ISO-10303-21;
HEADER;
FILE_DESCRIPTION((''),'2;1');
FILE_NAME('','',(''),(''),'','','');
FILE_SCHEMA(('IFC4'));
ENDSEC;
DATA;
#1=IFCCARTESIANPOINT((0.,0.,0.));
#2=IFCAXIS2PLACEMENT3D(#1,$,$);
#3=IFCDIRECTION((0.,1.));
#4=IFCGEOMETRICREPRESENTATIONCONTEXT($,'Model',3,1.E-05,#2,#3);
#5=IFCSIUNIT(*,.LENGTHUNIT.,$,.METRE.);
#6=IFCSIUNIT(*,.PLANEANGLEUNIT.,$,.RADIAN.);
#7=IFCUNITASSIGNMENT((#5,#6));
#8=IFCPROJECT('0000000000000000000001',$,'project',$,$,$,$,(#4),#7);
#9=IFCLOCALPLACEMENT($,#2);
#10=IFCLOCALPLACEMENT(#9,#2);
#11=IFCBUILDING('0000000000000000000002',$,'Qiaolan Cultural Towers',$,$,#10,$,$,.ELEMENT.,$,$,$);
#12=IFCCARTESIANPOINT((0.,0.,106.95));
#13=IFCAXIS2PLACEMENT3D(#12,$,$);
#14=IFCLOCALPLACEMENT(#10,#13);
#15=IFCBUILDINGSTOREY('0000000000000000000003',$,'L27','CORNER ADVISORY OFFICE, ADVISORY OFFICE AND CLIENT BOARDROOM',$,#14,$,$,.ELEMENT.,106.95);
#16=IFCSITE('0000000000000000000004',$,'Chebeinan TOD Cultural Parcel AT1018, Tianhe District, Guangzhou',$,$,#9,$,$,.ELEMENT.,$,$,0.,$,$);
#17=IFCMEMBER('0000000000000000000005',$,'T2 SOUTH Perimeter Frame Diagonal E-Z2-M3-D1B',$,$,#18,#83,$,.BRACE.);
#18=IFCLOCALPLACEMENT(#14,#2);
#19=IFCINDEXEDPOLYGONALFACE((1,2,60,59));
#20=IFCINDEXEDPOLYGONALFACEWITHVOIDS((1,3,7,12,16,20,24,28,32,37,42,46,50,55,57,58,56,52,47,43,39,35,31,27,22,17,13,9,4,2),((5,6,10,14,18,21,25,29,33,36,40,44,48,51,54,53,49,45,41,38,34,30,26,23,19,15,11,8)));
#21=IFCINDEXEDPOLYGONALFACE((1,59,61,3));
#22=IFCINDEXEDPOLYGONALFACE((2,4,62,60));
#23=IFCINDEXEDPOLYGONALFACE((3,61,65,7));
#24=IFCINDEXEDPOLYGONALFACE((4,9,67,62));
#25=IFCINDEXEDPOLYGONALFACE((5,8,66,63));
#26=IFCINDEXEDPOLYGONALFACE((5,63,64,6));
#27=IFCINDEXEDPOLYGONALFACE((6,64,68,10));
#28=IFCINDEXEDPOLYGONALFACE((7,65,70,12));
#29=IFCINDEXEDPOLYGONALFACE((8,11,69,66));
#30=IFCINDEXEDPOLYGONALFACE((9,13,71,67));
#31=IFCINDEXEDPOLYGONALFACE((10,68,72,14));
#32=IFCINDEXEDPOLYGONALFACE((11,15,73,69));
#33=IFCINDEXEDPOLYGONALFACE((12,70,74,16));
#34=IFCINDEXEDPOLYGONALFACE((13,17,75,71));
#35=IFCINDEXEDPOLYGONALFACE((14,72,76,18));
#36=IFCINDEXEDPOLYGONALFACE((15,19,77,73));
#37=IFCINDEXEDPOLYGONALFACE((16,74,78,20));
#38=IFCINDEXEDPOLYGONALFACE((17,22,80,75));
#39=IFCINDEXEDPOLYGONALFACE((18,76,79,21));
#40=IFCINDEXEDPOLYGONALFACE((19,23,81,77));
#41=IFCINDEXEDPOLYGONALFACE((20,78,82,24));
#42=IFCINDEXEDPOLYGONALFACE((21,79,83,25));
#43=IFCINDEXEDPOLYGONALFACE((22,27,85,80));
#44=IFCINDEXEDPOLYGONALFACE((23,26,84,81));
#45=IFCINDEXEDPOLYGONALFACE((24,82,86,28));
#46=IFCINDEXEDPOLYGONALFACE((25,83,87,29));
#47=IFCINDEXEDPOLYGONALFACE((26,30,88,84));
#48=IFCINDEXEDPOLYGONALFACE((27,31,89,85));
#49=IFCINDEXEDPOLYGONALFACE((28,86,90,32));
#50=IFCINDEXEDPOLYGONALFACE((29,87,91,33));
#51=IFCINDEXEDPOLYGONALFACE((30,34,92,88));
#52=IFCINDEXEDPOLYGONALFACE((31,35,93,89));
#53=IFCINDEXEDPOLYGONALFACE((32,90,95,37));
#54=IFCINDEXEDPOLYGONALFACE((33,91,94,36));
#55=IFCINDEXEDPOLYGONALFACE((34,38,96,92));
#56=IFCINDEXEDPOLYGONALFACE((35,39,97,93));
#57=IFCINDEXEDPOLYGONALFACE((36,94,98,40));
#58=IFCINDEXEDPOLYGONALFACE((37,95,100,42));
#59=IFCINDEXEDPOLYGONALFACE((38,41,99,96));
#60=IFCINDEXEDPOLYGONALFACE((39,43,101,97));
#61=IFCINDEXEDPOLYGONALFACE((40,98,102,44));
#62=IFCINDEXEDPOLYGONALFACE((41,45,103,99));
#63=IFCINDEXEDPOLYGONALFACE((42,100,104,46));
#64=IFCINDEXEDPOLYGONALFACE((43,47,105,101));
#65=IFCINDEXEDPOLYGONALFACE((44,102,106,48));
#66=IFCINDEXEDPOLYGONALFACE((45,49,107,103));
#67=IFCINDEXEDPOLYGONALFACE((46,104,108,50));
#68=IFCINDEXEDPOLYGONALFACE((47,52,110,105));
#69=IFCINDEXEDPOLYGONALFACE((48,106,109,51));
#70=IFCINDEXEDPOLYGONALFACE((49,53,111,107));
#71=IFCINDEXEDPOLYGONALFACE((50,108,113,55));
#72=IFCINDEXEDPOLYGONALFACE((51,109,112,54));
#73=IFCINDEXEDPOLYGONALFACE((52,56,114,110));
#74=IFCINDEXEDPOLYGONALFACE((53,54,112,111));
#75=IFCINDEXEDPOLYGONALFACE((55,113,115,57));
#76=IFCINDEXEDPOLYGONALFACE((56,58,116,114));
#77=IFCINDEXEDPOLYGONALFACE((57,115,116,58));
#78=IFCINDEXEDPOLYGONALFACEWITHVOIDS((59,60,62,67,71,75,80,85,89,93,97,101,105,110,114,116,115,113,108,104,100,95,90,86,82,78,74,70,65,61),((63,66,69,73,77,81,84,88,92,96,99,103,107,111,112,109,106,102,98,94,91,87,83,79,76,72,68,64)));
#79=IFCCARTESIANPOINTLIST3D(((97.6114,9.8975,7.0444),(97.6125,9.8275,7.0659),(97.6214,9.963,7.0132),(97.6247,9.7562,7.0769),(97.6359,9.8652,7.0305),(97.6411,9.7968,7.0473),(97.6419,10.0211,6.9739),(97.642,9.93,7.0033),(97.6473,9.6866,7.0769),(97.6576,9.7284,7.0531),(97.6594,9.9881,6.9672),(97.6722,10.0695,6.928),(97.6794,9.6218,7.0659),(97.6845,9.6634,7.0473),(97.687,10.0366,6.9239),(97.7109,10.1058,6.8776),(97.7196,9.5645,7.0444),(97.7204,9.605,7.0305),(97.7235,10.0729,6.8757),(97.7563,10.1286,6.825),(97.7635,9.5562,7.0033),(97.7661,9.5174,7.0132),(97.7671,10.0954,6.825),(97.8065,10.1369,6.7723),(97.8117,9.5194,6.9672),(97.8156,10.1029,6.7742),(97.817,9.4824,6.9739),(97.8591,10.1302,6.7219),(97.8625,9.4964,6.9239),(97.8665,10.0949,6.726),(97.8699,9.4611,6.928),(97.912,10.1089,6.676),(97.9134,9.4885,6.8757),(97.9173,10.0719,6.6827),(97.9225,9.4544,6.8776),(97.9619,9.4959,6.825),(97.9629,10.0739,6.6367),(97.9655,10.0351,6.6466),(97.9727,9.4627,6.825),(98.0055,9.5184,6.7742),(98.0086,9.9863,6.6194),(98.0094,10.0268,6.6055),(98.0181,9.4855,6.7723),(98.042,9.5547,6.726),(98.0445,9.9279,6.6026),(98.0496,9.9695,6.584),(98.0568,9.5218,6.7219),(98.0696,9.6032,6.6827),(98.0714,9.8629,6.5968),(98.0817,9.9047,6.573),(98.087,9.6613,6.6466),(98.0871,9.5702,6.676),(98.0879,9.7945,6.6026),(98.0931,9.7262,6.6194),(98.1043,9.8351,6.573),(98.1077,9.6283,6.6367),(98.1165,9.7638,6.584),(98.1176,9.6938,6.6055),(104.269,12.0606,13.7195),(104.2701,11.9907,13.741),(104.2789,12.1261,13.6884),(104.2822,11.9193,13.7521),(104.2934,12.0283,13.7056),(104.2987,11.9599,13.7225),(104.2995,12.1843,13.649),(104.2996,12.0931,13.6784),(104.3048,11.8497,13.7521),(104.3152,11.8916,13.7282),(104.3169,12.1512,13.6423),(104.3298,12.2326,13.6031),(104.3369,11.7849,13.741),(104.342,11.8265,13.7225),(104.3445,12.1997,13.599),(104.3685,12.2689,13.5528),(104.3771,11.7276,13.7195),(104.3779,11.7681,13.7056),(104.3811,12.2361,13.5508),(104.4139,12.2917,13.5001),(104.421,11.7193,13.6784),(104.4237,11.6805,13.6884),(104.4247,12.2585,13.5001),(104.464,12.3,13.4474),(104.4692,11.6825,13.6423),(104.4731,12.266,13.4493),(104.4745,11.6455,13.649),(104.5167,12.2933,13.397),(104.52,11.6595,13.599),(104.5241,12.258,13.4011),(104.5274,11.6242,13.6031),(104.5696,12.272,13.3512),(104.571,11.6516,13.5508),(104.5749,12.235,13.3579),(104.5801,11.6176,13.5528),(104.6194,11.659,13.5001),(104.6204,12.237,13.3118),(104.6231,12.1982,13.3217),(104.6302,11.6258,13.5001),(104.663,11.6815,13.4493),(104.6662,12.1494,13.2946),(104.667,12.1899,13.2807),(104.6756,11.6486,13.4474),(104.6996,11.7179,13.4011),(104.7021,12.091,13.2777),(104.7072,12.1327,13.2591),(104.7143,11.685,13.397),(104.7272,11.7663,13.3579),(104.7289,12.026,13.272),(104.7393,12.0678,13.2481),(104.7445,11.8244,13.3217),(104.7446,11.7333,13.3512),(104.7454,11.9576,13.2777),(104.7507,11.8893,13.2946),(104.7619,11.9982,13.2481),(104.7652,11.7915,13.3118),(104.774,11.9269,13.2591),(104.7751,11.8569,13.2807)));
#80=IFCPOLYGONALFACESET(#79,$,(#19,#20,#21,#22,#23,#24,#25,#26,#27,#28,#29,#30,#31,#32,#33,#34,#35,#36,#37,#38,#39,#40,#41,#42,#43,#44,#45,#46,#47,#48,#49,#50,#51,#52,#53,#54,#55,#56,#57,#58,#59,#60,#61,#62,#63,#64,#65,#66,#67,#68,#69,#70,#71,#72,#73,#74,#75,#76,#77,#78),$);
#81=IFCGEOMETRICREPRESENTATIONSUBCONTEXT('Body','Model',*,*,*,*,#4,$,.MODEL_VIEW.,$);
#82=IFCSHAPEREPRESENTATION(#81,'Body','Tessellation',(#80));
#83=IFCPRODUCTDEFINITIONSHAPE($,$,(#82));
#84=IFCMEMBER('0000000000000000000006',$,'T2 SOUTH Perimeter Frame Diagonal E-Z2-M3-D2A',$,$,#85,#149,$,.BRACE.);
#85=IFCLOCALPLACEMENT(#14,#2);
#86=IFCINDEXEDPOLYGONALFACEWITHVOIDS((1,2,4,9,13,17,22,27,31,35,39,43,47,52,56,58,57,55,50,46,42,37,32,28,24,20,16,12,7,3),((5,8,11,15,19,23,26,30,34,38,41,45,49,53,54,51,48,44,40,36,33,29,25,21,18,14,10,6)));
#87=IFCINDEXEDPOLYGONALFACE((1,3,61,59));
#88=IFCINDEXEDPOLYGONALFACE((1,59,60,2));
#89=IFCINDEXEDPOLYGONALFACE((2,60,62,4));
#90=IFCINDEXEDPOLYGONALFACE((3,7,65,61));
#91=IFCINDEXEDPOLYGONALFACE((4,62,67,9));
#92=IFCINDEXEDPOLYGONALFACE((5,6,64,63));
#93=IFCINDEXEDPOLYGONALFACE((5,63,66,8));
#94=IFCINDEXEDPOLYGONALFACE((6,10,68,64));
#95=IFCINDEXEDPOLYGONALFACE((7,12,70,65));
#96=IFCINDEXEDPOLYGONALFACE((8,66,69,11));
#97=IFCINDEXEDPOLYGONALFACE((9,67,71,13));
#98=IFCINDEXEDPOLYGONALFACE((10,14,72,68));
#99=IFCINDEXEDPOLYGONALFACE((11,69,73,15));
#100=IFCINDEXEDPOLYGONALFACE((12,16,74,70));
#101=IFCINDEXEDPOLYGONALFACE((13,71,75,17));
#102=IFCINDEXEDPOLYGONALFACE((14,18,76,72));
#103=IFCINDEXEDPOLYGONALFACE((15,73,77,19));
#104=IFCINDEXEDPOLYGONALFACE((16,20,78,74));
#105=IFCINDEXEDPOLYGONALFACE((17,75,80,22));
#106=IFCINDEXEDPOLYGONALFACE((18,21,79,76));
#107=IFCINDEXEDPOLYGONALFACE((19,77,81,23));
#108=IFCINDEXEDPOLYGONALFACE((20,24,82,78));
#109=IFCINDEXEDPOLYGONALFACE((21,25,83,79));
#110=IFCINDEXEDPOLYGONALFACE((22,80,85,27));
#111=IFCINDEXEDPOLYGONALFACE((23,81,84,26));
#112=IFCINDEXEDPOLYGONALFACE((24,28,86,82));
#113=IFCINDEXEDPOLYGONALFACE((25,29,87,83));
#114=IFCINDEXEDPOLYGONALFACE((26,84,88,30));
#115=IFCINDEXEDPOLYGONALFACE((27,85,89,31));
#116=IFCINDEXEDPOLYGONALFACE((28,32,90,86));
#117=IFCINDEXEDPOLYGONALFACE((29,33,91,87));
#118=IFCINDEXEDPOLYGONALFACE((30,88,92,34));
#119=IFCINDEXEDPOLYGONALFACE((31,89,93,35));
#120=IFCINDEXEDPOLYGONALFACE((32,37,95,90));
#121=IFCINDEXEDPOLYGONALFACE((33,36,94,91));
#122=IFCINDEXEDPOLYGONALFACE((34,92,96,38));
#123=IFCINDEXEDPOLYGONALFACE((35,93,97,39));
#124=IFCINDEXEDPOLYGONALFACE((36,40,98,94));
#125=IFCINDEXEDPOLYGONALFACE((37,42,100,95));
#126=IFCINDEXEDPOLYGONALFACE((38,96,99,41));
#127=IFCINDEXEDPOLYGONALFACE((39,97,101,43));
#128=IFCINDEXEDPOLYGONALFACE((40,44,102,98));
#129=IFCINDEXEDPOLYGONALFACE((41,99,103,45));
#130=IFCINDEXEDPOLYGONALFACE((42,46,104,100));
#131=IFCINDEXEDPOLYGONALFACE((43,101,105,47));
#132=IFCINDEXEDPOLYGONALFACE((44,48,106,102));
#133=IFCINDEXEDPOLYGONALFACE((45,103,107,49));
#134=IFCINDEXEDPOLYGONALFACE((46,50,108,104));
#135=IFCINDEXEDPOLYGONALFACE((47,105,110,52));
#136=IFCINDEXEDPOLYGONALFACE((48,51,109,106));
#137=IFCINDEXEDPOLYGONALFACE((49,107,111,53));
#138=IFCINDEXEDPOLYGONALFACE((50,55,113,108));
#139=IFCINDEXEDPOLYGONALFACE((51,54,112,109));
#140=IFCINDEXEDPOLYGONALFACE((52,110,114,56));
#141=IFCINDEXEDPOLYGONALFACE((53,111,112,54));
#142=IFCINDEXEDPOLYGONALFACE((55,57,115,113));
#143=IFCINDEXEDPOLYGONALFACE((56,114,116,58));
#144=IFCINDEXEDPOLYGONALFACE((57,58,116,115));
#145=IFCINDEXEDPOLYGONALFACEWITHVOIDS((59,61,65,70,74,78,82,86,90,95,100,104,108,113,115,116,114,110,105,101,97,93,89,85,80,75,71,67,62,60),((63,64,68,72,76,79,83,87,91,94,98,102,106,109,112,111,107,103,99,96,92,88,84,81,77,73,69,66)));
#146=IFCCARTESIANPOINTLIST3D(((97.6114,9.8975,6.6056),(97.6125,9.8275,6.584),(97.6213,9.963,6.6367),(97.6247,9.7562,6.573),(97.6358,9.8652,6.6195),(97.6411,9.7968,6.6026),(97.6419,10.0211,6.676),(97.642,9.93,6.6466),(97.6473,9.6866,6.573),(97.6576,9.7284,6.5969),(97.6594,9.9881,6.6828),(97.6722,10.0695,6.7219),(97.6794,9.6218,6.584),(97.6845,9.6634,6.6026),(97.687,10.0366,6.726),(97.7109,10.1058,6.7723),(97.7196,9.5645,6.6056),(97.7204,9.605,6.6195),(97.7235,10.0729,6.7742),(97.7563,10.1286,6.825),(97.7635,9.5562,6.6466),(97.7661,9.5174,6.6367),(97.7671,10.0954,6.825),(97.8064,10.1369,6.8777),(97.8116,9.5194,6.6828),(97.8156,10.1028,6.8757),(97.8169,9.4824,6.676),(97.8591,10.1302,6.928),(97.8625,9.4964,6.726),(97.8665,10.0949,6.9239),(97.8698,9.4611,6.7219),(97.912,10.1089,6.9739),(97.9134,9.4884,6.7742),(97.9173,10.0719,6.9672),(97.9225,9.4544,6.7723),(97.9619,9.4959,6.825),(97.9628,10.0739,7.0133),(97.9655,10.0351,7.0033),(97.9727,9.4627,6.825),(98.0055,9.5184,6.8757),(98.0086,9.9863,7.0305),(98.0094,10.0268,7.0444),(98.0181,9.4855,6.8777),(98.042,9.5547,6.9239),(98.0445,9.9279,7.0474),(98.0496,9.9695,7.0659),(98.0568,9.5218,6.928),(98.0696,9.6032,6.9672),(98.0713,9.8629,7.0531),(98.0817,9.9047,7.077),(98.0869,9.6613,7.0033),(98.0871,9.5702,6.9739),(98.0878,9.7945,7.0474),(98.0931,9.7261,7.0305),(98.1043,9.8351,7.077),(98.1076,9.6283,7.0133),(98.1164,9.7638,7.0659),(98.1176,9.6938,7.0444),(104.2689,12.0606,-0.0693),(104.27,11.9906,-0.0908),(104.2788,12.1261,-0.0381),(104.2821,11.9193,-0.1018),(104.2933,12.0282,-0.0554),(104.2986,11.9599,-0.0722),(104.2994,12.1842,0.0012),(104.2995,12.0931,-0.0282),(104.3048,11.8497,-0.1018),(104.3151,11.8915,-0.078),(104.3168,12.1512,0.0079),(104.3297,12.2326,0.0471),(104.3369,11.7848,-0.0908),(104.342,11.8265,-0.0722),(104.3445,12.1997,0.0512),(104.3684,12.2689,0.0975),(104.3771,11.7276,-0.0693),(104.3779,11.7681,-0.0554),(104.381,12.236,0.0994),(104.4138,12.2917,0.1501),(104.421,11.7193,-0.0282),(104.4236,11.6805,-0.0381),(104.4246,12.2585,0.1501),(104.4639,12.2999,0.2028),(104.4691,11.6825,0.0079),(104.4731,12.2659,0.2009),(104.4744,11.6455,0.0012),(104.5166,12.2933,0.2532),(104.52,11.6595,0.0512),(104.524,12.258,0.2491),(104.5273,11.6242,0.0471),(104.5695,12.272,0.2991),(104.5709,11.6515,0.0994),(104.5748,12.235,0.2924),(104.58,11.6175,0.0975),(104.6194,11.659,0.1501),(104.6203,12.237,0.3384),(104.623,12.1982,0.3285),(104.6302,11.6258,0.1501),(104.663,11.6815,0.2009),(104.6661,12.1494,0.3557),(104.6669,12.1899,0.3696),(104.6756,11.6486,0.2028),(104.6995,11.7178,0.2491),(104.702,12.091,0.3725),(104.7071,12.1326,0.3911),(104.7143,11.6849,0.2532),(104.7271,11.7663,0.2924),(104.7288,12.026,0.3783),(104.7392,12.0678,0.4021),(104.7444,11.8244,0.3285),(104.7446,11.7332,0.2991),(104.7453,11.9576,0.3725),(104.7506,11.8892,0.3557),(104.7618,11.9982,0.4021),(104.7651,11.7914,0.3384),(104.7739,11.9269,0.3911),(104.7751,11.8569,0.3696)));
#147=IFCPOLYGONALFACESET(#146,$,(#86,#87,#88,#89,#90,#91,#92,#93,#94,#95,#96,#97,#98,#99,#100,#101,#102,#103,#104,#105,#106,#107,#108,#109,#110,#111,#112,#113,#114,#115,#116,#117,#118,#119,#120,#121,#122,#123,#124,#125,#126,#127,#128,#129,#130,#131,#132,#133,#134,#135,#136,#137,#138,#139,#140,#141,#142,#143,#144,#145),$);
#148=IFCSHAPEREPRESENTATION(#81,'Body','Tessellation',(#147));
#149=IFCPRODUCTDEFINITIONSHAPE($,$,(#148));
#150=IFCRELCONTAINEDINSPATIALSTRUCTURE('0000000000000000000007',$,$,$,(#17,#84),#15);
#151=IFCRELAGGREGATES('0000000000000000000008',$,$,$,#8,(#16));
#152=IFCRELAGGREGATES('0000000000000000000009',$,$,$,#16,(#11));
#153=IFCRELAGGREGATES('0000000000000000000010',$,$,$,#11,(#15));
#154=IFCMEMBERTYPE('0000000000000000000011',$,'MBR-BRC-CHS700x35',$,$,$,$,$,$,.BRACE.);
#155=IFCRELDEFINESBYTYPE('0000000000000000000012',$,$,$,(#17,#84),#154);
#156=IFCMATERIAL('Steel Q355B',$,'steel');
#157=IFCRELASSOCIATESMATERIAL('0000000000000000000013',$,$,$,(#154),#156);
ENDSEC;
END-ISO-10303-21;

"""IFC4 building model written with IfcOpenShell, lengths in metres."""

from ifc_helpers import new_model, si_unit, direction, frame, origin, origin_2d, place, context, subcontext, project, spatial, hollow_circle, extrude, material, material_profile, profile_set, type_object, element, save


model = new_model("IFC4")

# Units and contexts
model_context = context("Model", 3, precision=1e-05, world=origin(), true_north=direction((0.0, 1.0)))
body_context = subcontext(model_context, "Body", "Model", "MODEL_VIEW")
ifc_project = project(units=[si_unit("LENGTHUNIT", "METRE"), si_unit("PLANEANGLEUNIT", "RADIAN")], contexts=[model_context])

# Site, building, storey
site_placement = place(None, origin())
site = spatial("IfcSite", under=ifc_project, at=site_placement, Name="Chebeinan TOD Cultural Parcel AT1018, Tianhe District, Guangzhou", CompositionType="ELEMENT", RefElevation=0.0)
building_placement = place(site_placement, origin())
building = spatial("IfcBuilding", under=site, at=building_placement, Name="Qiaolan Cultural Towers", CompositionType="ELEMENT")
storey_placement = place(building_placement, frame((0.0, 0.0, 106.95)))
storey = spatial("IfcBuildingStorey", under=building, at=storey_placement, Name="L27", Description="CORNER ADVISORY OFFICE, ADVISORY OFFICE AND CLIENT BOARDROOM", CompositionType="ELEMENT", Elevation=106.95)

# Members
ifc_material_1 = material(Name="Steel Q355B", Category="steel")
ifc_material_profile_1 = material_profile(ifc_material_1, hollow_circle(Radius=0.3501, WallThickness=0.0349, at=origin_2d()), Name="CHS700x35")
ifc_profile_set_1 = profile_set([ifc_material_profile_1], Name="Steel Q355B")
member_type = type_object("IfcMemberType", Name="MBR-BRC-CHS700x35", PredefinedType="BRACE", material=ifc_profile_set_1)
member_1_placement = place(storey_placement, frame((97.8645, 9.7957, 6.825), z_axis=(0.688289, 0.223633, 0.690106), x_axis=(-0.30901, 0.951059, 0.0)))
element("IfcMember", 1, at=member_1_placement, inside=storey, type_object=member_type, Name="T2 SOUTH Perimeter Frame Diagonal E-Z2-M3-D1B", PredefinedType="BRACE", context=body_context, shape_type="SweptSolid", body=[
    extrude(hollow_circle(Radius=0.3501, WallThickness=0.0349, at=origin_2d()), origin(), (0.0, 0.0, 1.0), 9.6726),
])
member_2_placement = place(storey_placement, frame((104.522, 11.9587, 0.1501), z_axis=(-0.688301, -0.223637, 0.690093), x_axis=(0.30901, -0.951059, 0.0)))
element("IfcMember", 2, at=member_2_placement, inside=storey, type_object=member_type, Name="T2 SOUTH Perimeter Frame Diagonal E-Z2-M3-D2A", PredefinedType="BRACE", context=body_context, shape_type="SweptSolid", body=[
    extrude(hollow_circle(Radius=0.3501, WallThickness=0.0349, at=origin_2d()), origin(), (0.0, 0.0, 1.0), 9.6724),
])

save(model, "model.ifc")
